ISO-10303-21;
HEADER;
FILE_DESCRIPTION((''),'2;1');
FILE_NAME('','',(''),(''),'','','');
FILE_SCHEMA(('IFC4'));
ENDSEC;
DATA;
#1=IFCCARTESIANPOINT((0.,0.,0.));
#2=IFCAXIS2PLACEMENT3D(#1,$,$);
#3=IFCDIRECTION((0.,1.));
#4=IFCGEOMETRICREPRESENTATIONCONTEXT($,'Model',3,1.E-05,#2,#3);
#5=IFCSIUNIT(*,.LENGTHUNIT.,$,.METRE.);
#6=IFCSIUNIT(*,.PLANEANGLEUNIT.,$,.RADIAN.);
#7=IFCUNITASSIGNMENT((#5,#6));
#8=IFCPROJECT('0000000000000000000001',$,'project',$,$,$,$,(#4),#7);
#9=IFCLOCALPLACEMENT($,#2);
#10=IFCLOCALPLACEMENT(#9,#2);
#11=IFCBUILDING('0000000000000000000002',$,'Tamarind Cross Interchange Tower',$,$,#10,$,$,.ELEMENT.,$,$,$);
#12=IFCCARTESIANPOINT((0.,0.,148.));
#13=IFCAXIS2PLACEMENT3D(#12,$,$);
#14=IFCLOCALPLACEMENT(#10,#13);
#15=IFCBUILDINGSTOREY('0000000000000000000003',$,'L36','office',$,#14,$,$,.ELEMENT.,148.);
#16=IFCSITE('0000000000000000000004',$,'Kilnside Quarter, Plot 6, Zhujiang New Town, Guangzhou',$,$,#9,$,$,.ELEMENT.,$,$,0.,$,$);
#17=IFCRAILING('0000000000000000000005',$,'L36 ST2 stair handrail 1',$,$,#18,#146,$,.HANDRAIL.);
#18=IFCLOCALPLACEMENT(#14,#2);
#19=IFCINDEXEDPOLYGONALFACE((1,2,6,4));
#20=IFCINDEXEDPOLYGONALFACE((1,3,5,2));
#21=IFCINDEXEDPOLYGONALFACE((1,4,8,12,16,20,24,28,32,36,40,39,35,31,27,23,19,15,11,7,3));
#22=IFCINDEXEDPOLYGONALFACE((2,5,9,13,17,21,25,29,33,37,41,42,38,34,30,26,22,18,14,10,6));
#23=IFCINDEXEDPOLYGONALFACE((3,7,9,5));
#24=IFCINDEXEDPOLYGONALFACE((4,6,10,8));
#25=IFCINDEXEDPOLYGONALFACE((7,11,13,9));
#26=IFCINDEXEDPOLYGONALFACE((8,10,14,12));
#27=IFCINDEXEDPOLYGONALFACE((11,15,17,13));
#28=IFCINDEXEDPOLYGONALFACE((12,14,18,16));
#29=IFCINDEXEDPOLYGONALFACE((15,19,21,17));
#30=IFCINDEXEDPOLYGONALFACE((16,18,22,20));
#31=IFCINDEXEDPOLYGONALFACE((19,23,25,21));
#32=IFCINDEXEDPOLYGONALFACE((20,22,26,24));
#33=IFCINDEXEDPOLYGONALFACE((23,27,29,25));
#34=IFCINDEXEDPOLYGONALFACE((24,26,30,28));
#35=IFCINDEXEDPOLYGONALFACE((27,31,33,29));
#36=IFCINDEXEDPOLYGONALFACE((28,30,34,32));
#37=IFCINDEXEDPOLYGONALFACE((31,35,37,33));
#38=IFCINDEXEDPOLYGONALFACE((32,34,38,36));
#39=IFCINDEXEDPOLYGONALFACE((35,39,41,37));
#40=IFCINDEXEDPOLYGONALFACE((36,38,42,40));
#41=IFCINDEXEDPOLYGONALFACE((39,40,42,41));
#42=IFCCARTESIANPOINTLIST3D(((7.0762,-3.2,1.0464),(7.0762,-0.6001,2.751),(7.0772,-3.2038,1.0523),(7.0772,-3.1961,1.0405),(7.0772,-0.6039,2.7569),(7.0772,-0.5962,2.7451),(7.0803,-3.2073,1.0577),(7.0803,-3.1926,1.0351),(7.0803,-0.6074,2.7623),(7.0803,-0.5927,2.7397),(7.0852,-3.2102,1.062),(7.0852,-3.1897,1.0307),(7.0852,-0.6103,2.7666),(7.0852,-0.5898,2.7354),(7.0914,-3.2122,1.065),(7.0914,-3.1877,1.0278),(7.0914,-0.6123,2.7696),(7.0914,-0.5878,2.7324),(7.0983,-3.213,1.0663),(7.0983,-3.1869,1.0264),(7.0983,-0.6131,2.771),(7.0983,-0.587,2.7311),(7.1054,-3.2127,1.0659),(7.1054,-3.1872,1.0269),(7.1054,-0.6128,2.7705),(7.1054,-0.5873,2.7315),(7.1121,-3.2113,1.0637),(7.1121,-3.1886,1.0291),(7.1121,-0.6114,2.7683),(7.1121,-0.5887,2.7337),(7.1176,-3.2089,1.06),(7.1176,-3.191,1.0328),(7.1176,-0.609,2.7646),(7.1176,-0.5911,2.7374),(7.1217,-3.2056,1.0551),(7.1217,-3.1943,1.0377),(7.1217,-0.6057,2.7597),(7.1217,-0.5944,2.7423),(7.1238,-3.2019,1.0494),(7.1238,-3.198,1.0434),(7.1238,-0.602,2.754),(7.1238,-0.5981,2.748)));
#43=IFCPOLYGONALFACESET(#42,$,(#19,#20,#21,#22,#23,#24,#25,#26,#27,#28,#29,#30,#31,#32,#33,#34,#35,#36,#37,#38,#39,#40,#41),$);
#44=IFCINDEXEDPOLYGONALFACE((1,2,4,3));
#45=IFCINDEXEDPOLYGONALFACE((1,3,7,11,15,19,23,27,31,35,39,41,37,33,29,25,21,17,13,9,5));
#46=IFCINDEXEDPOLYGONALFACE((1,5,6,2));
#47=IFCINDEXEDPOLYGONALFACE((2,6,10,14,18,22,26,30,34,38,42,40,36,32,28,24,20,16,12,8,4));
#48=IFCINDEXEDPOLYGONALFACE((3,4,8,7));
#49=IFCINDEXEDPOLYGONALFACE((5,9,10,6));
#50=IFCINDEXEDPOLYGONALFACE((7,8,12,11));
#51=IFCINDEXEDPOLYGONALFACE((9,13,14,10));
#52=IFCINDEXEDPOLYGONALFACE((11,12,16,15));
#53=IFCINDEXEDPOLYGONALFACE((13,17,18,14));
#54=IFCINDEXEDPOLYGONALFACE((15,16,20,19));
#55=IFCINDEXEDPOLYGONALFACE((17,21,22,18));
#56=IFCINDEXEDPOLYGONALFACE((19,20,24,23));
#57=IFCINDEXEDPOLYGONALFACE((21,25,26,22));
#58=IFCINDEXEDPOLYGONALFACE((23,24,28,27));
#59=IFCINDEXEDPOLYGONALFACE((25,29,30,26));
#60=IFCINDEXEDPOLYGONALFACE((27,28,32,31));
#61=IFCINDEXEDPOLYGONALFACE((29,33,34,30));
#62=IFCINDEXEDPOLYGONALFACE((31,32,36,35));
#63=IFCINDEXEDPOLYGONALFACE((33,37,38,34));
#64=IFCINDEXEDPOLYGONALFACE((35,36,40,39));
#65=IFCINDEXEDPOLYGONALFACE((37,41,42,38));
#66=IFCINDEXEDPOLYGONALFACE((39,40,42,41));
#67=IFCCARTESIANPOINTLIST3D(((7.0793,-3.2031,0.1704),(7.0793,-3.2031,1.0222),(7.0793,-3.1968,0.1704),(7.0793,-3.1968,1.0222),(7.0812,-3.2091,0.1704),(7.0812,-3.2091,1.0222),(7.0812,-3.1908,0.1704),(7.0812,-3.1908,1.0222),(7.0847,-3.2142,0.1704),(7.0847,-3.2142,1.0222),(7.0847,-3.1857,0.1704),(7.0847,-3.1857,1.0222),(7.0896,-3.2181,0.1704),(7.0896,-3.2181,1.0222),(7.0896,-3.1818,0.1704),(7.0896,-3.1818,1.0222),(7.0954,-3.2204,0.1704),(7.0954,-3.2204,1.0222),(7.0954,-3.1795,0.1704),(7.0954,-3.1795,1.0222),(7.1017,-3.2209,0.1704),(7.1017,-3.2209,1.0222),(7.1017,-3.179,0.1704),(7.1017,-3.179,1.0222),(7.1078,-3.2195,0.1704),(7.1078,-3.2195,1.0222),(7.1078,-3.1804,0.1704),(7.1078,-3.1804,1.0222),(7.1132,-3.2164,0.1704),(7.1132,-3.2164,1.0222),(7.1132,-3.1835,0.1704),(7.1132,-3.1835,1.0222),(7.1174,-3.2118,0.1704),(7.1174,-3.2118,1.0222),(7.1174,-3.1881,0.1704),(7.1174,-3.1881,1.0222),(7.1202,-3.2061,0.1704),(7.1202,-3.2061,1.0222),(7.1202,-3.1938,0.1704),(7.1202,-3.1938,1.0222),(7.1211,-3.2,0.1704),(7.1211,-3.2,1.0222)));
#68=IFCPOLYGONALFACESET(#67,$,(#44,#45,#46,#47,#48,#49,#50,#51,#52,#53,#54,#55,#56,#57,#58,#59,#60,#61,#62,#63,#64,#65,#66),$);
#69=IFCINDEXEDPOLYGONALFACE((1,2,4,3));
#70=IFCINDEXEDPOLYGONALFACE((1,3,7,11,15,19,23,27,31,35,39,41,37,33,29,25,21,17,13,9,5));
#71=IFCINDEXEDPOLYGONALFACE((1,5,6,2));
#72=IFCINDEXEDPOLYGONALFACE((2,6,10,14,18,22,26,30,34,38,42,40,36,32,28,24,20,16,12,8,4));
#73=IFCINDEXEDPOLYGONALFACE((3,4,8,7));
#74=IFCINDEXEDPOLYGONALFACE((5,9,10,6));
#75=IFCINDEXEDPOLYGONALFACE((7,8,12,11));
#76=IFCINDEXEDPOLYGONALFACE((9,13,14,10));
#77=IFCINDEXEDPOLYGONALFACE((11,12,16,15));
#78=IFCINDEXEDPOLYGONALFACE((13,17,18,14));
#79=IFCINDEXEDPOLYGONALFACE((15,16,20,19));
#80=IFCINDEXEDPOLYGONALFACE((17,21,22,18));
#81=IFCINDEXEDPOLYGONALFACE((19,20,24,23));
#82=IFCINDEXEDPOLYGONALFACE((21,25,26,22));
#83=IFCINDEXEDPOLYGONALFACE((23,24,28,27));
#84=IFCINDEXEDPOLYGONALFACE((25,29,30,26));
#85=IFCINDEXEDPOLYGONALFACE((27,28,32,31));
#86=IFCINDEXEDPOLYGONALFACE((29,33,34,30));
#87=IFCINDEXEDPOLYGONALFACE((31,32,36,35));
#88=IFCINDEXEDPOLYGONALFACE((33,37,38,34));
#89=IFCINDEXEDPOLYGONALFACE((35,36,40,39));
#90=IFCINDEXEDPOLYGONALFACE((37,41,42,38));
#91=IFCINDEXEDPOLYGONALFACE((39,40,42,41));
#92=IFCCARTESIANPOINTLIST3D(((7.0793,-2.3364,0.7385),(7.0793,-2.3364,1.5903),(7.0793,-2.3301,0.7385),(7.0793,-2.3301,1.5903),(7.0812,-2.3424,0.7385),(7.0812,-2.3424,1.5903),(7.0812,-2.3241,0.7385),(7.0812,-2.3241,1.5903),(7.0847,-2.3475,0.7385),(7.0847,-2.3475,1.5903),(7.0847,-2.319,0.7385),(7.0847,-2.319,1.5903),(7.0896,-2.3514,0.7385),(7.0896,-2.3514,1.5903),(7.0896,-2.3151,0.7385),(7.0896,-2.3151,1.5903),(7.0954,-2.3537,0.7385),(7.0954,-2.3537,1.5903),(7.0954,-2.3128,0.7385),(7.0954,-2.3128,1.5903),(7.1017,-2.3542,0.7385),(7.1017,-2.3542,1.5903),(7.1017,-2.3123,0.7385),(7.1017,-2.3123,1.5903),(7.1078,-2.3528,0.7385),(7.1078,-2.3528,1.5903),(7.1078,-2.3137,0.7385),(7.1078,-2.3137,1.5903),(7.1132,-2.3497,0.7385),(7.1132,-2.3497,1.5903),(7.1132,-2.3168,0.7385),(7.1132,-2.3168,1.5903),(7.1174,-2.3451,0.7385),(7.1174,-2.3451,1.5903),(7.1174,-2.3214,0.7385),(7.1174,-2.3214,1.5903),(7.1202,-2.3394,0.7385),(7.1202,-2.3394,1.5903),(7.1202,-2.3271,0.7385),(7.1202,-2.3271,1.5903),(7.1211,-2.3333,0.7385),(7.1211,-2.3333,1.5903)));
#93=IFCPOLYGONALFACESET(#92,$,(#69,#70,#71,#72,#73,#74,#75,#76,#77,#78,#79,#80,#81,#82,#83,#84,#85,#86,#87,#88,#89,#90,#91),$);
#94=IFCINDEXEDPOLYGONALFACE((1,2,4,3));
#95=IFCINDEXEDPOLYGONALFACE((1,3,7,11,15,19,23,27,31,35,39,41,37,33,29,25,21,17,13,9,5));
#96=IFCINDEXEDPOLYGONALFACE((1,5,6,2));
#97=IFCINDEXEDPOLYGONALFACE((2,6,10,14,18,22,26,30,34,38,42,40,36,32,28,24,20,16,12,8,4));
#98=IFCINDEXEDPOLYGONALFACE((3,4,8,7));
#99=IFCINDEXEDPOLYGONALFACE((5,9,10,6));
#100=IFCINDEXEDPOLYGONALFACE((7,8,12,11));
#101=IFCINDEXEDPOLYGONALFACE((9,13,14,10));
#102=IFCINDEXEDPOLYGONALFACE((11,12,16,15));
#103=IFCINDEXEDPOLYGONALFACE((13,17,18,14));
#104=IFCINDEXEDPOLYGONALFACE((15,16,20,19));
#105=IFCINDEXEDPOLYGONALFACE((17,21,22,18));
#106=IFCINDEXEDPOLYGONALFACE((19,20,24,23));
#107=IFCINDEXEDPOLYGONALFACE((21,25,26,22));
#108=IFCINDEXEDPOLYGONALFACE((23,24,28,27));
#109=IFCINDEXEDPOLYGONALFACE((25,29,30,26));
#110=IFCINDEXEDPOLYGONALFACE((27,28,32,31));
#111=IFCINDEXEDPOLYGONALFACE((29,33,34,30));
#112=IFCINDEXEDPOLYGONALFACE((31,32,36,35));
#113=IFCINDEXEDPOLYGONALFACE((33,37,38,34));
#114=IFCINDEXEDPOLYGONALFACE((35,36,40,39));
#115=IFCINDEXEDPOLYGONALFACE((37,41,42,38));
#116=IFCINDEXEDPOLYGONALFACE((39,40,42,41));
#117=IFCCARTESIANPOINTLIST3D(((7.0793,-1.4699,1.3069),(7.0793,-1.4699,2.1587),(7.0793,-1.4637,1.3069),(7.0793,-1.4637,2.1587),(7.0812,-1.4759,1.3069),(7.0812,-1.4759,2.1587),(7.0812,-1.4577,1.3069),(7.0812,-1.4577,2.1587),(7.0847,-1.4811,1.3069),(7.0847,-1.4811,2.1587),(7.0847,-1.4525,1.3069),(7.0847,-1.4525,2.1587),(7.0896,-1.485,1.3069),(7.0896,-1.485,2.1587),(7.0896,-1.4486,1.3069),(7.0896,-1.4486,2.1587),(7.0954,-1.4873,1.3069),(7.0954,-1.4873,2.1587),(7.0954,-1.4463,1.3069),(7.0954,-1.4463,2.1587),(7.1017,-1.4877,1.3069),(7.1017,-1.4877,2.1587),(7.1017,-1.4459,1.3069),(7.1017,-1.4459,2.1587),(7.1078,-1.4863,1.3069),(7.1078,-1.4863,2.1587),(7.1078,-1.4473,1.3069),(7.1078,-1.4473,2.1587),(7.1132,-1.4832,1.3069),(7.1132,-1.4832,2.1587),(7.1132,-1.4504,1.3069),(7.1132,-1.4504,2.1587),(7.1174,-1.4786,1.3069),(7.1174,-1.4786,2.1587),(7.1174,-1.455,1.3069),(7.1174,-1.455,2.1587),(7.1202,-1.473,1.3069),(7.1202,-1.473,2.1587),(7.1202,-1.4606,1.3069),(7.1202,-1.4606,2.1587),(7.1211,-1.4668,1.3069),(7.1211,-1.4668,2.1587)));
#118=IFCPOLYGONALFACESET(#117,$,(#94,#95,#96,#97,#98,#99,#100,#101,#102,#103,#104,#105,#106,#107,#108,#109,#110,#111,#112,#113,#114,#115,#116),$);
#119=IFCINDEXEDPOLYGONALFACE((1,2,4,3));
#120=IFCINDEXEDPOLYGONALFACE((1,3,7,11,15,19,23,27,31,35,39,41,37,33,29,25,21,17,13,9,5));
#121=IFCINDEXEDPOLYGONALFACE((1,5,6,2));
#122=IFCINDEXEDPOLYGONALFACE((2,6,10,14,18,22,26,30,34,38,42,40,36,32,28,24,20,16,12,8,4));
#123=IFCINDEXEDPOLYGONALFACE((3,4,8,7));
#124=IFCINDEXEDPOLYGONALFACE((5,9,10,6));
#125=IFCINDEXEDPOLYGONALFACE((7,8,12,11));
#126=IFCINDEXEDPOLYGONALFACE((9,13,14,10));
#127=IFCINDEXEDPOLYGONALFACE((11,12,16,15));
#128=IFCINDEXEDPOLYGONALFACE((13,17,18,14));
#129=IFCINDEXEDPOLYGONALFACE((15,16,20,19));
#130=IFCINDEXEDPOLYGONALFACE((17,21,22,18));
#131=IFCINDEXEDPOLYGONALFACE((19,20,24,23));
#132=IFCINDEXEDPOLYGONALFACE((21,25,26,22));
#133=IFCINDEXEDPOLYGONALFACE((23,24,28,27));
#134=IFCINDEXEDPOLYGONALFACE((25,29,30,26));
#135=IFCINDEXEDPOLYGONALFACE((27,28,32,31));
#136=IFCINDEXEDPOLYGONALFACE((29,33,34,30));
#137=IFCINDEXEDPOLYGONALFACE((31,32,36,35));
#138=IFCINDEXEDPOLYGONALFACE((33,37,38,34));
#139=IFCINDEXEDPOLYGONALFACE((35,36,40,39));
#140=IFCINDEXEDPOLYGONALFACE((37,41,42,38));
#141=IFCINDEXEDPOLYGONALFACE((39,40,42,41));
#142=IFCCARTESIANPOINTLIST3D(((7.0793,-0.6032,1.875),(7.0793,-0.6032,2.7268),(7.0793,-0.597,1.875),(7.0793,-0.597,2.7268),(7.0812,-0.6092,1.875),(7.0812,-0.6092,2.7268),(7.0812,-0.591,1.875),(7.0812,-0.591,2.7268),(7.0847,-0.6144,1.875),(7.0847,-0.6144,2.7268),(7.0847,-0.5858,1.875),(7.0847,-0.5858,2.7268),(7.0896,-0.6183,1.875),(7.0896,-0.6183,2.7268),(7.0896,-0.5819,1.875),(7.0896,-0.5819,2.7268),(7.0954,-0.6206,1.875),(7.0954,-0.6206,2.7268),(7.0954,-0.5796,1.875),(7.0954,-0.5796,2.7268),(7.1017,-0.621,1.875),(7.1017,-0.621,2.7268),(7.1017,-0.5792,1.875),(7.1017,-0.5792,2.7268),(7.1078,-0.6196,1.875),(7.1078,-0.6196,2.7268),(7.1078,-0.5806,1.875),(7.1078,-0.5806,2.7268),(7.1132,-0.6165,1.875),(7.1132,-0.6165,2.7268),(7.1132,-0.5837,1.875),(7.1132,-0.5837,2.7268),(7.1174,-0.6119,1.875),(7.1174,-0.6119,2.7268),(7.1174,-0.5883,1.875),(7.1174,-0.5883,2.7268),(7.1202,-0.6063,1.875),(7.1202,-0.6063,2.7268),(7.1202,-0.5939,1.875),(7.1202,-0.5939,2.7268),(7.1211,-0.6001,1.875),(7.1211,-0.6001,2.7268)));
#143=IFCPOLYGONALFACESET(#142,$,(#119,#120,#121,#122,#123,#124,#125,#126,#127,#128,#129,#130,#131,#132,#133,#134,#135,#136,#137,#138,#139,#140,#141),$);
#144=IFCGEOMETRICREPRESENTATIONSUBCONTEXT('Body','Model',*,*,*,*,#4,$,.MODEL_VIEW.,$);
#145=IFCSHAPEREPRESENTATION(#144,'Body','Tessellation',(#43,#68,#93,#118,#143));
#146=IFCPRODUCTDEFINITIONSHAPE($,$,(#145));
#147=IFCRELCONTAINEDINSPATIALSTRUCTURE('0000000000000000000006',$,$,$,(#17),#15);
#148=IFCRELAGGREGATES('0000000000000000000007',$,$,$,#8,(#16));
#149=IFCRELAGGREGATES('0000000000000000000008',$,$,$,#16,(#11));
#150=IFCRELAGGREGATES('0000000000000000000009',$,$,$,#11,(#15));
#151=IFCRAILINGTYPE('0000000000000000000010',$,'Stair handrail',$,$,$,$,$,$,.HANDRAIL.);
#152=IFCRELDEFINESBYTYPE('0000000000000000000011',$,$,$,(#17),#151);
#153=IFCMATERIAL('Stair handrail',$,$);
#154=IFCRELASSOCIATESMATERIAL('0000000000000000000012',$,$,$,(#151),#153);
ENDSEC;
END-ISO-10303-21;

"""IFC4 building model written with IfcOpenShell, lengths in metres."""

from ifc_helpers import new_model, si_unit, direction, frame, origin, origin_2d, place, context, subcontext, project, spatial, circle, extrude, material, type_object, element, save


model = new_model("IFC4")

# Units and contexts
model_context = context("Model", 3, precision=1e-05, world=origin(), true_north=direction((0.0, 1.0)))
body_context = subcontext(model_context, "Body", "Model", "MODEL_VIEW")
ifc_project = project(units=[si_unit("LENGTHUNIT", "METRE"), si_unit("PLANEANGLEUNIT", "RADIAN")], contexts=[model_context])

# Site, building, storey
site_placement = place(None, origin())
site = spatial("IfcSite", under=ifc_project, at=site_placement, Name="Kilnside Quarter, Plot 6, Zhujiang New Town, Guangzhou", CompositionType="ELEMENT", RefElevation=0.0)
building_placement = place(site_placement, origin())
building = spatial("IfcBuilding", under=site, at=building_placement, Name="Tamarind Cross Interchange Tower", CompositionType="ELEMENT")
storey_placement = place(building_placement, frame((0.0, 0.0, 148.0)))
storey = spatial("IfcBuildingStorey", under=building, at=storey_placement, Name="L36", Description="office", CompositionType="ELEMENT", Elevation=148.0)

# Railing
ifc_material_1 = material(Name="Stair handrail")
railing_type_1 = type_object("IfcRailingType", Name="Stair handrail", PredefinedType="HANDRAIL", material=ifc_material_1)
railing_1_placement = place(storey_placement, frame((7.1001, -3.2, 0.1704)))
element("IfcRailing", 1, at=railing_1_placement, inside=storey, type_object=railing_type_1, Name="L36 ST2 stair handrail 1", PredefinedType="HANDRAIL", context=body_context, shape_type="SweptSolid", body=[
    extrude(circle(Radius=0.0239, at=origin_2d()), frame((0.0, 0.0, 0.876), z_axis=(0.0, 0.836279, 0.548305), x_axis=(-1.0, 0.0, 0.0)), (0.0, 0.0, 1.0), 3.1089),
    extrude(circle(Radius=0.021, at=origin_2d()), origin(), (0.0, 0.0, 1.0), 0.8518),
    extrude(circle(Radius=0.021, at=origin_2d()), frame((0.0, 0.8667, 0.5681)), (0.0, 0.0, 1.0), 0.8518),
    extrude(circle(Radius=0.021, at=origin_2d()), frame((0.0, 1.7332, 1.1365)), (0.0, 0.0, 1.0), 0.8518),
    extrude(circle(Radius=0.021, at=origin_2d()), frame((0.0, 2.5999, 1.7046)), (0.0, 0.0, 1.0), 0.8518),
])

save(model, "model.ifc")
